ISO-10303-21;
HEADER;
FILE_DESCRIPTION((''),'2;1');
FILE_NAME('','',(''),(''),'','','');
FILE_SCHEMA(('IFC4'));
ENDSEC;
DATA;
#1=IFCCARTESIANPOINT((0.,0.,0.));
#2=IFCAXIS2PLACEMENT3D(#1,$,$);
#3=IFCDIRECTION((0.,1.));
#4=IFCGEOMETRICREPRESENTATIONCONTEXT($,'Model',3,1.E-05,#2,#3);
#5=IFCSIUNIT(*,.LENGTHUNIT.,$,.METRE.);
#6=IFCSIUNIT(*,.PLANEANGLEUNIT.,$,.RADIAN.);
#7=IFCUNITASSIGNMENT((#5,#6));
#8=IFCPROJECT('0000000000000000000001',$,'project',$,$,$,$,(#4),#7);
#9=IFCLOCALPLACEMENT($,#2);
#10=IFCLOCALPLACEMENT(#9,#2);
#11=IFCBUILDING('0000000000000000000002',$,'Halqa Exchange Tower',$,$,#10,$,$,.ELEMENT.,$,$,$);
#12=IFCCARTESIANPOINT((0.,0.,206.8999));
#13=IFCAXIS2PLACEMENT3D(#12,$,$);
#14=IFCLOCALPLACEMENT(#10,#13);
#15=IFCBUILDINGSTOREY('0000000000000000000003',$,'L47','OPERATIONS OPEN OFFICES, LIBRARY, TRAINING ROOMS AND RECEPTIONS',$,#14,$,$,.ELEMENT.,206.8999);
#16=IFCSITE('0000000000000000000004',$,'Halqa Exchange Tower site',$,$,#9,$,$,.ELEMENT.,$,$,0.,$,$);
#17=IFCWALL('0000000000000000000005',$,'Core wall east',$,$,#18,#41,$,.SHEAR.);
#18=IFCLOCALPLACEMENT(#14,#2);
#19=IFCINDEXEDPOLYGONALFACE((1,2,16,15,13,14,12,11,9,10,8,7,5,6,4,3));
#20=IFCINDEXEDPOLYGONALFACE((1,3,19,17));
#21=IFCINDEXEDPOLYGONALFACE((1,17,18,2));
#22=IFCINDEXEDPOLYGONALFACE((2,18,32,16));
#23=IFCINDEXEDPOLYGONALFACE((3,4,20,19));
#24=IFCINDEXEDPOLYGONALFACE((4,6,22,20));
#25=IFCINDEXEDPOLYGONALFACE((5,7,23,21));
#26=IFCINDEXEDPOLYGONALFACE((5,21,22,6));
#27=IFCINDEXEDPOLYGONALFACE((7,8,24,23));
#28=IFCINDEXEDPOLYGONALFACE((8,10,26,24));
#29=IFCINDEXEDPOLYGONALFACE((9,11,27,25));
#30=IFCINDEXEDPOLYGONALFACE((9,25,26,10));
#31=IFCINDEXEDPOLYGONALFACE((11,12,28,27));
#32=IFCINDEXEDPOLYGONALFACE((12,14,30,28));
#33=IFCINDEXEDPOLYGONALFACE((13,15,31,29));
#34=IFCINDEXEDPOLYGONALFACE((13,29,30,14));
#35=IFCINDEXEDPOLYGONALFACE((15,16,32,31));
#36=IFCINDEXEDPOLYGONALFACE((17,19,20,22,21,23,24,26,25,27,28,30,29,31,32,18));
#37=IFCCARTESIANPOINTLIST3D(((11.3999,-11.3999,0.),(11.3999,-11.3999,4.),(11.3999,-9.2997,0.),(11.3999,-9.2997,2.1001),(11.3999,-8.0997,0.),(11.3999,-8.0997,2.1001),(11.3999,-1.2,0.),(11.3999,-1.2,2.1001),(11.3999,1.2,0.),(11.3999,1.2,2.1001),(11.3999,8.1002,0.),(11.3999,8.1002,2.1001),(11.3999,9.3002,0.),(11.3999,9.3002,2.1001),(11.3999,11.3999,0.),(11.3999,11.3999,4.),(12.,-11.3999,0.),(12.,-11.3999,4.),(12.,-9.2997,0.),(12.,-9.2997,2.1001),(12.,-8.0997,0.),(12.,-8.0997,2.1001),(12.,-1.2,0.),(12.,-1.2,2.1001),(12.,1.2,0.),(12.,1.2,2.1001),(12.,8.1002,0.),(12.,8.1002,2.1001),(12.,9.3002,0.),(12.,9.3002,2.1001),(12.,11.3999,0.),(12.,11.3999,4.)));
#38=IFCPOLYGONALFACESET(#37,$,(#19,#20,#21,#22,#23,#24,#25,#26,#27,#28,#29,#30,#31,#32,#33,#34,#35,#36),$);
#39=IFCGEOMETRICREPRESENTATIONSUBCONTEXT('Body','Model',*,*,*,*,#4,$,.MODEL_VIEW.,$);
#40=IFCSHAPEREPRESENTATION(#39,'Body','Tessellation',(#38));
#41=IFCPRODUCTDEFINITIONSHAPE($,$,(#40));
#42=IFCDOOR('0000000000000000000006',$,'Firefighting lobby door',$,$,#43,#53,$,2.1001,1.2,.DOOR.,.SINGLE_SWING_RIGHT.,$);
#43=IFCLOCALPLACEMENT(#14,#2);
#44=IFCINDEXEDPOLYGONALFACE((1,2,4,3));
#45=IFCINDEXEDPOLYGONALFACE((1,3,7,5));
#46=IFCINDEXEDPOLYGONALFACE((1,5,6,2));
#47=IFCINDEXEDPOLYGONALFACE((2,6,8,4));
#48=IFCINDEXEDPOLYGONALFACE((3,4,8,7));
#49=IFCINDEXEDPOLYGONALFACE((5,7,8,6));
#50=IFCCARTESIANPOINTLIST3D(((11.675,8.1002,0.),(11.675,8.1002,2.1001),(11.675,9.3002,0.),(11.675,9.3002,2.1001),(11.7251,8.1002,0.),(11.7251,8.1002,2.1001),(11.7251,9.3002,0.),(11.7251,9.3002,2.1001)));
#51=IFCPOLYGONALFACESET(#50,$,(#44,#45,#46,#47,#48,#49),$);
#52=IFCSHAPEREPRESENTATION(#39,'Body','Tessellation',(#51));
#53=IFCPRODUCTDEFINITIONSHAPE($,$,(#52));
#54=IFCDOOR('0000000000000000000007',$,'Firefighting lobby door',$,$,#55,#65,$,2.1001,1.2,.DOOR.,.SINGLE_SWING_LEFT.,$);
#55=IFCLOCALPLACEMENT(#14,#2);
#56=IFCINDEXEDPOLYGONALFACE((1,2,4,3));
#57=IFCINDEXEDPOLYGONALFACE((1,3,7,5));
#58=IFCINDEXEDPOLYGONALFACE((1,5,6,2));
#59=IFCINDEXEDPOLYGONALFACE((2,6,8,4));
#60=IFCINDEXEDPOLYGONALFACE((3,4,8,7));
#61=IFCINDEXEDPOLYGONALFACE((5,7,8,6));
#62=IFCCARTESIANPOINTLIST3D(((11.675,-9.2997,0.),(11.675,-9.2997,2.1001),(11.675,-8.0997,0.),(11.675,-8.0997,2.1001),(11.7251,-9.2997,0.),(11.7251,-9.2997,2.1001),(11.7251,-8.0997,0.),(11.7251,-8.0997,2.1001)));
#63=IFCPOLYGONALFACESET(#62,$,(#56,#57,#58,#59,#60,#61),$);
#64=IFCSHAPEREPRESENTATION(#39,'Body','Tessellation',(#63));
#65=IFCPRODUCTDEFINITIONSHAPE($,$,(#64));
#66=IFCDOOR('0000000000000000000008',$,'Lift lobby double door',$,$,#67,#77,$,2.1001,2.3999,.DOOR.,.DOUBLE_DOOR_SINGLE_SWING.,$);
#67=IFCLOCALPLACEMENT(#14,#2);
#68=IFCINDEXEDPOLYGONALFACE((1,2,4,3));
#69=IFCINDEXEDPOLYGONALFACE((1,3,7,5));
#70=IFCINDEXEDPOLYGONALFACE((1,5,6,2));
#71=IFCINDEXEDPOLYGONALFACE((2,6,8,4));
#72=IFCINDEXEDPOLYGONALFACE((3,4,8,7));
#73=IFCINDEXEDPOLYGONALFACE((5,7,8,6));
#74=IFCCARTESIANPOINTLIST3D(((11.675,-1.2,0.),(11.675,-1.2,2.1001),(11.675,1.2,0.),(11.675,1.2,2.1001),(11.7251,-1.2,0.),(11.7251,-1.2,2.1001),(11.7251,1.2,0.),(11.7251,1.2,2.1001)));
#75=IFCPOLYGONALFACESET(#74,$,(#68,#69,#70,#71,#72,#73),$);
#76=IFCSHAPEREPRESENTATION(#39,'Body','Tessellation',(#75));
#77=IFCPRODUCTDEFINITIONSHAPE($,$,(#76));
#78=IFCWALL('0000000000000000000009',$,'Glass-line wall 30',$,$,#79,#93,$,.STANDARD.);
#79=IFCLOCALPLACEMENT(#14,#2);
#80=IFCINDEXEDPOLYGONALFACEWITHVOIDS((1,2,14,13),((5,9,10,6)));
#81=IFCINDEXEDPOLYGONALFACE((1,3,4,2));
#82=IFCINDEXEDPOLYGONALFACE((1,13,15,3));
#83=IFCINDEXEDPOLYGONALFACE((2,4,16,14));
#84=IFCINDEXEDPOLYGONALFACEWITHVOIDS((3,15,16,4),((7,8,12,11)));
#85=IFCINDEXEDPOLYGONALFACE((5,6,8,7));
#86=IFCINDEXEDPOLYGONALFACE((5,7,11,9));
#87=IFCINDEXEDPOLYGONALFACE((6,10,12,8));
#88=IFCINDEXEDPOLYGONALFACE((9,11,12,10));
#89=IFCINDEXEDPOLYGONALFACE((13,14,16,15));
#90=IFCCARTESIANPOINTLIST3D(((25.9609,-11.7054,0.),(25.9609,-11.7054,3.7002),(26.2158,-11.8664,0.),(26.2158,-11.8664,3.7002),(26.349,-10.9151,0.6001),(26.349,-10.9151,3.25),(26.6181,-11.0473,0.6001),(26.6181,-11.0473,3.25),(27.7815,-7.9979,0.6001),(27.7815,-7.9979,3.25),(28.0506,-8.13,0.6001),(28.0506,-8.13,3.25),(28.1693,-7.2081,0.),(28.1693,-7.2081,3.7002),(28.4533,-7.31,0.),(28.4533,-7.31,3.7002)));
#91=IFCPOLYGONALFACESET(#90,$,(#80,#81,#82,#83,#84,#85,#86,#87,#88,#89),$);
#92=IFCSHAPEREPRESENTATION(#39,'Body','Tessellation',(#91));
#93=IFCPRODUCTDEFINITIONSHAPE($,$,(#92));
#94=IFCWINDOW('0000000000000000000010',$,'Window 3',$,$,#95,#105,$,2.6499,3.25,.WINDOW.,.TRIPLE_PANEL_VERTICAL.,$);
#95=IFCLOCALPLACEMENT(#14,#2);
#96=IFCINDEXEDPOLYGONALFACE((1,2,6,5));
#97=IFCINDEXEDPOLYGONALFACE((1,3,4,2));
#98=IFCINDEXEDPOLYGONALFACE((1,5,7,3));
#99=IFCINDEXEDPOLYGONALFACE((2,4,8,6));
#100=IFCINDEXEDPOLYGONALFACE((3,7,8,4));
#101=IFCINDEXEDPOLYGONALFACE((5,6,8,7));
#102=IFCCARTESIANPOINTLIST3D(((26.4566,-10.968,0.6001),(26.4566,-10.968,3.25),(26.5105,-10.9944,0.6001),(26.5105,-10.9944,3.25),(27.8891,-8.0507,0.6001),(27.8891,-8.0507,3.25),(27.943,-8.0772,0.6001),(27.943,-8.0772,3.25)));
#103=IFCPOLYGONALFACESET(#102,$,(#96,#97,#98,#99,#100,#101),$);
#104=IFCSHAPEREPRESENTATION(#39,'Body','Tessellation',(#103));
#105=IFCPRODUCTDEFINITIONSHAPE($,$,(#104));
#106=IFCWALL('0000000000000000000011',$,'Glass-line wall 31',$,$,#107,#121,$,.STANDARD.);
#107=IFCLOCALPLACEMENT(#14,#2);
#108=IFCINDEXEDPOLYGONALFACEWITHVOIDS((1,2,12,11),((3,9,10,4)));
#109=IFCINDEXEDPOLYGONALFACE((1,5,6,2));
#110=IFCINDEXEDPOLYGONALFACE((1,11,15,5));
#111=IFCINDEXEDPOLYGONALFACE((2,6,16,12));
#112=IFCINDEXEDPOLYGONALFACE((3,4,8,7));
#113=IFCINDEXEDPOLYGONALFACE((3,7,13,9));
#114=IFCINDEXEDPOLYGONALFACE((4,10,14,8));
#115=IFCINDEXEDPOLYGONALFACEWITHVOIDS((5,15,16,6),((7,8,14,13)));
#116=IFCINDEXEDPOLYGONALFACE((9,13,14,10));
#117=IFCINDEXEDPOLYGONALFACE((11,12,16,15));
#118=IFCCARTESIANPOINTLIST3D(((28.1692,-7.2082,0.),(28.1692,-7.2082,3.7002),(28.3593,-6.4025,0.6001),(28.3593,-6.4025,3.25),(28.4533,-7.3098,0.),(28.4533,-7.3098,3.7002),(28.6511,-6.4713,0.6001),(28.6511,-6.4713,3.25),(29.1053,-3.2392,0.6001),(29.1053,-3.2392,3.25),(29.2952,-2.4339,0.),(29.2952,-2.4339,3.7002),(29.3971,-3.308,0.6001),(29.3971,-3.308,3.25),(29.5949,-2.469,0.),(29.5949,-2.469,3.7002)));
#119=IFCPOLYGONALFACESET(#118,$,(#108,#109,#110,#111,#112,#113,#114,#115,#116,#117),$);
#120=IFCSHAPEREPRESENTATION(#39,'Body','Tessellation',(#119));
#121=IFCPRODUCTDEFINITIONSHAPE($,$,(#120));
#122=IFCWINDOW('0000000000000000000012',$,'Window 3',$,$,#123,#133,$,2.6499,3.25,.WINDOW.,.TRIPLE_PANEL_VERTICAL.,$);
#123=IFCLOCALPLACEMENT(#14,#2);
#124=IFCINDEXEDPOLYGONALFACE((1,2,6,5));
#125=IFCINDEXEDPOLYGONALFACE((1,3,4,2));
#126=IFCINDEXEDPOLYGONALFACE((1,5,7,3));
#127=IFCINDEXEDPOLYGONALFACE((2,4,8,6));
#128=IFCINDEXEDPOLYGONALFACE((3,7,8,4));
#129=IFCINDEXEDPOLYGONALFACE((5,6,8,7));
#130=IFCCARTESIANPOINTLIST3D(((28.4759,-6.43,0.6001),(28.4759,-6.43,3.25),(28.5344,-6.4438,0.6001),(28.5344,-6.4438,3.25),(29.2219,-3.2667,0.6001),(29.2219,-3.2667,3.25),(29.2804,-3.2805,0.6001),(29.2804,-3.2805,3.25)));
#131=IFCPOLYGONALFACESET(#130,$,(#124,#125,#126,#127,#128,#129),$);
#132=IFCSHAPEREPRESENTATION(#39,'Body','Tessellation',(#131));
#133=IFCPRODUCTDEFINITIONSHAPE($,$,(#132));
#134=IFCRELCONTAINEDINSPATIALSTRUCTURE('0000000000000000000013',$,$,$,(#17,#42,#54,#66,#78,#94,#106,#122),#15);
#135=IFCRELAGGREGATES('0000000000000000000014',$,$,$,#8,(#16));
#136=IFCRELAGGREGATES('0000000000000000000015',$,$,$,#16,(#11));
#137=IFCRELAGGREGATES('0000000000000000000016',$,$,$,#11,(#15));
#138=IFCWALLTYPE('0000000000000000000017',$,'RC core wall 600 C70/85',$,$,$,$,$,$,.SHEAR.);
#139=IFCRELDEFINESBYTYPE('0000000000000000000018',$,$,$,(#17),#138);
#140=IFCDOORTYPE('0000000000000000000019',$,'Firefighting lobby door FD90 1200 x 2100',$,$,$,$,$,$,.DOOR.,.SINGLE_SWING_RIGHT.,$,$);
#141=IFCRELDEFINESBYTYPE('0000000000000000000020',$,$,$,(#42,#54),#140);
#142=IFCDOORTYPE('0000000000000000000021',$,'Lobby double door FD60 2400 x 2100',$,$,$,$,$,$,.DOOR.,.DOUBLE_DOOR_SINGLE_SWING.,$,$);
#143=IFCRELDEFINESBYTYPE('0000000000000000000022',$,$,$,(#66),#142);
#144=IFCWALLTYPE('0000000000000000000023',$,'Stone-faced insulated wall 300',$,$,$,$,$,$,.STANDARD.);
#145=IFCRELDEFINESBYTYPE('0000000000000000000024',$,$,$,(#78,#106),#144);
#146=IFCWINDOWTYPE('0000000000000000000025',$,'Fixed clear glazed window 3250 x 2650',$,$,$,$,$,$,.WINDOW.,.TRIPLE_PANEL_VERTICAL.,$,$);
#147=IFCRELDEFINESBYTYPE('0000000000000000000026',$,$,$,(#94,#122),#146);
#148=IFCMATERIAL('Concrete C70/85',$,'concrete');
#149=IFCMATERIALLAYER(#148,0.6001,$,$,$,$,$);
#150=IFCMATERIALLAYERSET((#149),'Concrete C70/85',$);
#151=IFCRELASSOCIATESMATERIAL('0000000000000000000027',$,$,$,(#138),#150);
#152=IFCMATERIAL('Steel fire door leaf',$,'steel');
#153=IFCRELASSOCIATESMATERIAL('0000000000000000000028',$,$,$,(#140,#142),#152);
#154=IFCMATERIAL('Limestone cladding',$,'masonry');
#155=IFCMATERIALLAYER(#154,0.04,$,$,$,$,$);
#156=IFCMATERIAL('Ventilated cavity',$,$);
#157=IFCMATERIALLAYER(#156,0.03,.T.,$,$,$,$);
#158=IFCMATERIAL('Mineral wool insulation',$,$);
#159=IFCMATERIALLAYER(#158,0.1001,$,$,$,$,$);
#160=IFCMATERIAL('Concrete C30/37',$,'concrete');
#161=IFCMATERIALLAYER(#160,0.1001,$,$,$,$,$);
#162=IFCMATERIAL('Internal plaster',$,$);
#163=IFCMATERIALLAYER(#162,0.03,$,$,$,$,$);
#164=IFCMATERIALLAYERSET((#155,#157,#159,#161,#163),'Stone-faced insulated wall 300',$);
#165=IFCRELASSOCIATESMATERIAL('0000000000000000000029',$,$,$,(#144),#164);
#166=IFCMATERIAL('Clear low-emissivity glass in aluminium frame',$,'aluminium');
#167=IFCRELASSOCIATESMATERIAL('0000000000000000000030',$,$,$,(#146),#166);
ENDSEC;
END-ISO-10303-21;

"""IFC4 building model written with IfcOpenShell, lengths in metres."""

from ifc_helpers import new_model, si_unit, direction, frame, frame_2d, origin, place, context, subcontext, project, spatial, polyline, rectangle, outline, extrude, material, layer, layer_set, type_object, element, fill, save


model = new_model("IFC4")

# Units and contexts
model_context = context("Model", 3, precision=1e-05, world=origin(), true_north=direction((0.0, 1.0)))
body_context = subcontext(model_context, "Body", "Model", "MODEL_VIEW")
ifc_project = project(units=[si_unit("LENGTHUNIT", "METRE"), si_unit("PLANEANGLEUNIT", "RADIAN")], contexts=[model_context])

# Site, building, storey
site_placement = place(None, origin())
site = spatial("IfcSite", under=ifc_project, at=site_placement, Name="Halqa Exchange Tower site", CompositionType="ELEMENT", RefElevation=0.0)
building_placement = place(site_placement, origin())
building = spatial("IfcBuilding", under=site, at=building_placement, Name="Halqa Exchange Tower", CompositionType="ELEMENT")
storey_placement = place(building_placement, frame((0.0, 0.0, 206.8999)))
storey = spatial("IfcBuildingStorey", under=building, at=storey_placement, Name="L47", Description="OPERATIONS OPEN OFFICES, LIBRARY, TRAINING ROOMS AND RECEPTIONS", CompositionType="ELEMENT", Elevation=206.8999)

# Shared definitions
ifc_material_1 = material(Name="Steel fire door leaf", Category="steel")

# Wall, openings, doors
ifc_material_2 = material(Name="Concrete C70/85", Category="concrete")
ifc_layer_1 = layer(ifc_material_2, 0.6001)
ifc_layer_set_1 = layer_set([ifc_layer_1], Name="Concrete C70/85")
wall_type_1 = type_object("IfcWallType", Name="RC core wall 600 C70/85", PredefinedType="SHEAR", material=ifc_layer_set_1)
wall_1_placement = place(storey_placement, frame((11.7, -11.3999, 0.0), z_axis=(0.0, 0.0, 1.0), x_axis=(0.0, 1.0, 0.0)))
wall_1 = element("IfcWall", 1, at=wall_1_placement, inside=storey, type_object=wall_type_1, Name="Core wall east", PredefinedType="SHEAR", context=body_context, shape_type="SweptSolid", body=[
    extrude(rectangle(XDim=22.7998, YDim=0.6001, at=frame_2d((11.3999, 0.0))), origin(), (0.0, 0.0, 1.0), 4.0),
])
opening_1_placement = place(wall_1_placement, frame((10.2, 0.0, 0.0)))
opening_1 = element("IfcOpeningElement", 2, at=opening_1_placement, cuts=wall_1, PredefinedType="OPENING", context=body_context, shape_type="SweptSolid", body=[
    extrude(rectangle(XDim=2.3999, YDim=2.1001, at=frame_2d((1.2, 1.05))), frame((0.0, 0.312, 0.0), z_axis=(0.0, -1.0, 0.0), x_axis=(1.0, 0.0, 0.0)), (0.0, 0.0, 1.0), 0.624),
])
opening_2_placement = place(wall_1_placement, frame((19.5, 0.0, 0.0)))
opening_2 = element("IfcOpeningElement", 3, at=opening_2_placement, cuts=wall_1, PredefinedType="OPENING", context=body_context, shape_type="SweptSolid", body=[
    extrude(rectangle(XDim=1.2, YDim=2.1001, at=frame_2d((0.6001, 1.05))), frame((0.0, 0.312, 0.0), z_axis=(0.0, -1.0, 0.0), x_axis=(1.0, 0.0, 0.0)), (0.0, 0.0, 1.0), 0.624),
])
opening_3_placement = place(wall_1_placement, frame((2.1001, 0.0, 0.0)))
opening_3 = element("IfcOpeningElement", 4, at=opening_3_placement, cuts=wall_1, PredefinedType="OPENING", context=body_context, shape_type="SweptSolid", body=[
    extrude(rectangle(XDim=1.2, YDim=2.1001, at=frame_2d((0.6001, 1.05))), frame((0.0, 0.312, 0.0), z_axis=(0.0, -1.0, 0.0), x_axis=(1.0, 0.0, 0.0)), (0.0, 0.0, 1.0), 0.624),
])
door_type_1 = type_object("IfcDoorType", Name="Firefighting lobby door FD90 1200 x 2100", OperationType="SINGLE_SWING_RIGHT", PredefinedType="DOOR", material=ifc_material_1)
door_1_placement = place(opening_2_placement, origin())
door_1 = element("IfcDoor", 5, at=door_1_placement, inside=storey, type_object=door_type_1, Name="Firefighting lobby door", OperationType="SINGLE_SWING_RIGHT", OverallHeight=2.1001, OverallWidth=1.2, PredefinedType="DOOR", context=body_context, shape_type="SweptSolid", body=[
    extrude(rectangle(XDim=1.2, YDim=2.1001, at=frame_2d((0.6001, 1.05))), frame((0.0, 0.0249, 0.0), z_axis=(0.0, -1.0, 0.0), x_axis=(1.0, 0.0, 0.0)), (0.0, 0.0, 1.0), 0.05),
])
fill(opening_2, door_1)
door_2_placement = place(opening_3_placement, origin())
door_2 = element("IfcDoor", 6, at=door_2_placement, inside=storey, type_object=door_type_1, Name="Firefighting lobby door", OperationType="SINGLE_SWING_LEFT", OverallHeight=2.1001, OverallWidth=1.2, PredefinedType="DOOR", context=body_context, shape_type="SweptSolid", body=[
    extrude(rectangle(XDim=1.2, YDim=2.1001, at=frame_2d((0.6001, 1.05))), frame((0.0, 0.0249, 0.0), z_axis=(0.0, -1.0, 0.0), x_axis=(1.0, 0.0, 0.0)), (0.0, 0.0, 1.0), 0.05),
])
fill(opening_3, door_2)
door_type_2 = type_object("IfcDoorType", Name="Lobby double door FD60 2400 x 2100", OperationType="DOUBLE_DOOR_SINGLE_SWING", PredefinedType="DOOR", material=ifc_material_1)
door_3_placement = place(opening_1_placement, origin())
door_3 = element("IfcDoor", 7, at=door_3_placement, inside=storey, type_object=door_type_2, Name="Lift lobby double door", OperationType="DOUBLE_DOOR_SINGLE_SWING", OverallHeight=2.1001, OverallWidth=2.3999, PredefinedType="DOOR", context=body_context, shape_type="SweptSolid", body=[
    extrude(rectangle(XDim=2.3999, YDim=2.1001, at=frame_2d((1.2, 1.05))), frame((0.0, 0.0249, 0.0), z_axis=(0.0, -1.0, 0.0), x_axis=(1.0, 0.0, 0.0)), (0.0, 0.0, 1.0), 0.05),
])
fill(opening_1, door_3)

# Walls, openings, windows
ifc_material_3 = material(Name="Limestone cladding", Category="masonry")
ifc_layer_2 = layer(ifc_material_3, 0.04)
ifc_material_4 = material(Name="Ventilated cavity")
ifc_layer_3 = layer(ifc_material_4, 0.03, ventilated=True)
ifc_material_5 = material(Name="Mineral wool insulation")
ifc_layer_4 = layer(ifc_material_5, 0.1001)
ifc_material_6 = material(Name="Concrete C30/37", Category="concrete")
ifc_layer_5 = layer(ifc_material_6, 0.1001)
ifc_material_7 = material(Name="Internal plaster")
ifc_layer_6 = layer(ifc_material_7, 0.03)
ifc_layer_set_2 = layer_set([ifc_layer_2, ifc_layer_3, ifc_layer_4, ifc_layer_5, ifc_layer_6], Name="Stone-faced insulated wall 300")
wall_type_2 = type_object("IfcWallType", Name="Stone-faced insulated wall 300", PredefinedType="STANDARD", material=ifc_layer_set_2)
wall_2_placement = place(storey_placement, frame((26.0884, -11.7859, 0.0), z_axis=(0.0, 0.0, 1.0), x_axis=(0.440773, 0.897619, 0.0)))
wall_2 = element("IfcWall", 8, at=wall_2_placement, inside=storey, type_object=wall_type_2, Name="Glass-line wall 30", PredefinedType="STANDARD", context=body_context, shape_type="SweptSolid", body=[
    extrude(outline(polyline([(-0.0161, -0.1499), (5.0601, -0.1499), (5.0264, 0.1499), (0.0161, 0.1499), (-0.0161, -0.1499)])), origin(), (0.0, 0.0, 1.0), 3.7002),
])
opening_4_placement = place(wall_2_placement, frame((0.8965, 0.0, 0.6001)))
opening_4 = element("IfcOpeningElement", 9, at=opening_4_placement, cuts=wall_2, PredefinedType="OPENING", context=body_context, shape_type="SweptSolid", body=[
    extrude(rectangle(XDim=3.25, YDim=2.6499, at=frame_2d((1.625, 1.325))), frame((0.0, 0.1621, 0.0), z_axis=(0.0, -1.0, 0.0), x_axis=(1.0, 0.0, 0.0)), (0.0, 0.0, 1.0), 0.324),
])
ifc_material_8 = material(Name="Clear low-emissivity glass in aluminium frame", Category="aluminium")
window_type = type_object("IfcWindowType", Name="Fixed clear glazed window 3250 x 2650", PartitioningType="TRIPLE_PANEL_VERTICAL", PredefinedType="WINDOW", material=ifc_material_8)
window_1_placement = place(opening_4_placement, origin())
window_1 = element("IfcWindow", 10, at=window_1_placement, inside=storey, type_object=window_type, Name="Window 3", OverallHeight=2.6499, OverallWidth=3.25, PartitioningType="TRIPLE_PANEL_VERTICAL", PredefinedType="WINDOW", context=body_context, shape_type="SweptSolid", body=[
    extrude(rectangle(XDim=3.25, YDim=2.6499, at=frame_2d((1.625, 1.325))), frame((0.0, 0.03, 0.0), z_axis=(0.0, -1.0, 0.0), x_axis=(1.0, 0.0, 0.0)), (0.0, 0.0, 1.0), 0.0601),
])
fill(opening_4, window_1)
wall_3_placement = place(storey_placement, frame((28.3113, -7.259, 0.0), z_axis=(0.0, 0.0, 1.0), x_axis=(0.229535, 0.9733, 0.0)))
wall_3 = element("IfcWall", 11, at=wall_3_placement, inside=storey, type_object=wall_type_2, Name="Glass-line wall 31", PredefinedType="STANDARD", context=body_context, shape_type="SweptSolid", body=[
    extrude(outline(polyline([(-0.0168, -0.1499), (4.9568, -0.1499), (4.9221, 0.1499), (0.0168, 0.1499), (-0.0168, -0.1499)])), origin(), (0.0, 0.0, 1.0), 3.7002),
])
opening_5_placement = place(wall_3_placement, frame((0.8447, 0.0, 0.6001)))
opening_5 = element("IfcOpeningElement", 12, at=opening_5_placement, cuts=wall_3, PredefinedType="OPENING", context=body_context, shape_type="SweptSolid", body=[
    extrude(rectangle(XDim=3.25, YDim=2.6499, at=frame_2d((1.625, 1.325))), frame((0.0, 0.1621, 0.0), z_axis=(0.0, -1.0, 0.0), x_axis=(1.0, 0.0, 0.0)), (0.0, 0.0, 1.0), 0.324),
])
window_2_placement = place(opening_5_placement, origin())
window_2 = element("IfcWindow", 13, at=window_2_placement, inside=storey, type_object=window_type, Name="Window 3", OverallHeight=2.6499, OverallWidth=3.25, PartitioningType="TRIPLE_PANEL_VERTICAL", PredefinedType="WINDOW", context=body_context, shape_type="SweptSolid", body=[
    extrude(rectangle(XDim=3.25, YDim=2.6499, at=frame_2d((1.625, 1.325))), frame((0.0, 0.03, 0.0), z_axis=(0.0, -1.0, 0.0), x_axis=(1.0, 0.0, 0.0)), (0.0, 0.0, 1.0), 0.0601),
])
fill(opening_5, window_2)

save(model, "model.ifc")
